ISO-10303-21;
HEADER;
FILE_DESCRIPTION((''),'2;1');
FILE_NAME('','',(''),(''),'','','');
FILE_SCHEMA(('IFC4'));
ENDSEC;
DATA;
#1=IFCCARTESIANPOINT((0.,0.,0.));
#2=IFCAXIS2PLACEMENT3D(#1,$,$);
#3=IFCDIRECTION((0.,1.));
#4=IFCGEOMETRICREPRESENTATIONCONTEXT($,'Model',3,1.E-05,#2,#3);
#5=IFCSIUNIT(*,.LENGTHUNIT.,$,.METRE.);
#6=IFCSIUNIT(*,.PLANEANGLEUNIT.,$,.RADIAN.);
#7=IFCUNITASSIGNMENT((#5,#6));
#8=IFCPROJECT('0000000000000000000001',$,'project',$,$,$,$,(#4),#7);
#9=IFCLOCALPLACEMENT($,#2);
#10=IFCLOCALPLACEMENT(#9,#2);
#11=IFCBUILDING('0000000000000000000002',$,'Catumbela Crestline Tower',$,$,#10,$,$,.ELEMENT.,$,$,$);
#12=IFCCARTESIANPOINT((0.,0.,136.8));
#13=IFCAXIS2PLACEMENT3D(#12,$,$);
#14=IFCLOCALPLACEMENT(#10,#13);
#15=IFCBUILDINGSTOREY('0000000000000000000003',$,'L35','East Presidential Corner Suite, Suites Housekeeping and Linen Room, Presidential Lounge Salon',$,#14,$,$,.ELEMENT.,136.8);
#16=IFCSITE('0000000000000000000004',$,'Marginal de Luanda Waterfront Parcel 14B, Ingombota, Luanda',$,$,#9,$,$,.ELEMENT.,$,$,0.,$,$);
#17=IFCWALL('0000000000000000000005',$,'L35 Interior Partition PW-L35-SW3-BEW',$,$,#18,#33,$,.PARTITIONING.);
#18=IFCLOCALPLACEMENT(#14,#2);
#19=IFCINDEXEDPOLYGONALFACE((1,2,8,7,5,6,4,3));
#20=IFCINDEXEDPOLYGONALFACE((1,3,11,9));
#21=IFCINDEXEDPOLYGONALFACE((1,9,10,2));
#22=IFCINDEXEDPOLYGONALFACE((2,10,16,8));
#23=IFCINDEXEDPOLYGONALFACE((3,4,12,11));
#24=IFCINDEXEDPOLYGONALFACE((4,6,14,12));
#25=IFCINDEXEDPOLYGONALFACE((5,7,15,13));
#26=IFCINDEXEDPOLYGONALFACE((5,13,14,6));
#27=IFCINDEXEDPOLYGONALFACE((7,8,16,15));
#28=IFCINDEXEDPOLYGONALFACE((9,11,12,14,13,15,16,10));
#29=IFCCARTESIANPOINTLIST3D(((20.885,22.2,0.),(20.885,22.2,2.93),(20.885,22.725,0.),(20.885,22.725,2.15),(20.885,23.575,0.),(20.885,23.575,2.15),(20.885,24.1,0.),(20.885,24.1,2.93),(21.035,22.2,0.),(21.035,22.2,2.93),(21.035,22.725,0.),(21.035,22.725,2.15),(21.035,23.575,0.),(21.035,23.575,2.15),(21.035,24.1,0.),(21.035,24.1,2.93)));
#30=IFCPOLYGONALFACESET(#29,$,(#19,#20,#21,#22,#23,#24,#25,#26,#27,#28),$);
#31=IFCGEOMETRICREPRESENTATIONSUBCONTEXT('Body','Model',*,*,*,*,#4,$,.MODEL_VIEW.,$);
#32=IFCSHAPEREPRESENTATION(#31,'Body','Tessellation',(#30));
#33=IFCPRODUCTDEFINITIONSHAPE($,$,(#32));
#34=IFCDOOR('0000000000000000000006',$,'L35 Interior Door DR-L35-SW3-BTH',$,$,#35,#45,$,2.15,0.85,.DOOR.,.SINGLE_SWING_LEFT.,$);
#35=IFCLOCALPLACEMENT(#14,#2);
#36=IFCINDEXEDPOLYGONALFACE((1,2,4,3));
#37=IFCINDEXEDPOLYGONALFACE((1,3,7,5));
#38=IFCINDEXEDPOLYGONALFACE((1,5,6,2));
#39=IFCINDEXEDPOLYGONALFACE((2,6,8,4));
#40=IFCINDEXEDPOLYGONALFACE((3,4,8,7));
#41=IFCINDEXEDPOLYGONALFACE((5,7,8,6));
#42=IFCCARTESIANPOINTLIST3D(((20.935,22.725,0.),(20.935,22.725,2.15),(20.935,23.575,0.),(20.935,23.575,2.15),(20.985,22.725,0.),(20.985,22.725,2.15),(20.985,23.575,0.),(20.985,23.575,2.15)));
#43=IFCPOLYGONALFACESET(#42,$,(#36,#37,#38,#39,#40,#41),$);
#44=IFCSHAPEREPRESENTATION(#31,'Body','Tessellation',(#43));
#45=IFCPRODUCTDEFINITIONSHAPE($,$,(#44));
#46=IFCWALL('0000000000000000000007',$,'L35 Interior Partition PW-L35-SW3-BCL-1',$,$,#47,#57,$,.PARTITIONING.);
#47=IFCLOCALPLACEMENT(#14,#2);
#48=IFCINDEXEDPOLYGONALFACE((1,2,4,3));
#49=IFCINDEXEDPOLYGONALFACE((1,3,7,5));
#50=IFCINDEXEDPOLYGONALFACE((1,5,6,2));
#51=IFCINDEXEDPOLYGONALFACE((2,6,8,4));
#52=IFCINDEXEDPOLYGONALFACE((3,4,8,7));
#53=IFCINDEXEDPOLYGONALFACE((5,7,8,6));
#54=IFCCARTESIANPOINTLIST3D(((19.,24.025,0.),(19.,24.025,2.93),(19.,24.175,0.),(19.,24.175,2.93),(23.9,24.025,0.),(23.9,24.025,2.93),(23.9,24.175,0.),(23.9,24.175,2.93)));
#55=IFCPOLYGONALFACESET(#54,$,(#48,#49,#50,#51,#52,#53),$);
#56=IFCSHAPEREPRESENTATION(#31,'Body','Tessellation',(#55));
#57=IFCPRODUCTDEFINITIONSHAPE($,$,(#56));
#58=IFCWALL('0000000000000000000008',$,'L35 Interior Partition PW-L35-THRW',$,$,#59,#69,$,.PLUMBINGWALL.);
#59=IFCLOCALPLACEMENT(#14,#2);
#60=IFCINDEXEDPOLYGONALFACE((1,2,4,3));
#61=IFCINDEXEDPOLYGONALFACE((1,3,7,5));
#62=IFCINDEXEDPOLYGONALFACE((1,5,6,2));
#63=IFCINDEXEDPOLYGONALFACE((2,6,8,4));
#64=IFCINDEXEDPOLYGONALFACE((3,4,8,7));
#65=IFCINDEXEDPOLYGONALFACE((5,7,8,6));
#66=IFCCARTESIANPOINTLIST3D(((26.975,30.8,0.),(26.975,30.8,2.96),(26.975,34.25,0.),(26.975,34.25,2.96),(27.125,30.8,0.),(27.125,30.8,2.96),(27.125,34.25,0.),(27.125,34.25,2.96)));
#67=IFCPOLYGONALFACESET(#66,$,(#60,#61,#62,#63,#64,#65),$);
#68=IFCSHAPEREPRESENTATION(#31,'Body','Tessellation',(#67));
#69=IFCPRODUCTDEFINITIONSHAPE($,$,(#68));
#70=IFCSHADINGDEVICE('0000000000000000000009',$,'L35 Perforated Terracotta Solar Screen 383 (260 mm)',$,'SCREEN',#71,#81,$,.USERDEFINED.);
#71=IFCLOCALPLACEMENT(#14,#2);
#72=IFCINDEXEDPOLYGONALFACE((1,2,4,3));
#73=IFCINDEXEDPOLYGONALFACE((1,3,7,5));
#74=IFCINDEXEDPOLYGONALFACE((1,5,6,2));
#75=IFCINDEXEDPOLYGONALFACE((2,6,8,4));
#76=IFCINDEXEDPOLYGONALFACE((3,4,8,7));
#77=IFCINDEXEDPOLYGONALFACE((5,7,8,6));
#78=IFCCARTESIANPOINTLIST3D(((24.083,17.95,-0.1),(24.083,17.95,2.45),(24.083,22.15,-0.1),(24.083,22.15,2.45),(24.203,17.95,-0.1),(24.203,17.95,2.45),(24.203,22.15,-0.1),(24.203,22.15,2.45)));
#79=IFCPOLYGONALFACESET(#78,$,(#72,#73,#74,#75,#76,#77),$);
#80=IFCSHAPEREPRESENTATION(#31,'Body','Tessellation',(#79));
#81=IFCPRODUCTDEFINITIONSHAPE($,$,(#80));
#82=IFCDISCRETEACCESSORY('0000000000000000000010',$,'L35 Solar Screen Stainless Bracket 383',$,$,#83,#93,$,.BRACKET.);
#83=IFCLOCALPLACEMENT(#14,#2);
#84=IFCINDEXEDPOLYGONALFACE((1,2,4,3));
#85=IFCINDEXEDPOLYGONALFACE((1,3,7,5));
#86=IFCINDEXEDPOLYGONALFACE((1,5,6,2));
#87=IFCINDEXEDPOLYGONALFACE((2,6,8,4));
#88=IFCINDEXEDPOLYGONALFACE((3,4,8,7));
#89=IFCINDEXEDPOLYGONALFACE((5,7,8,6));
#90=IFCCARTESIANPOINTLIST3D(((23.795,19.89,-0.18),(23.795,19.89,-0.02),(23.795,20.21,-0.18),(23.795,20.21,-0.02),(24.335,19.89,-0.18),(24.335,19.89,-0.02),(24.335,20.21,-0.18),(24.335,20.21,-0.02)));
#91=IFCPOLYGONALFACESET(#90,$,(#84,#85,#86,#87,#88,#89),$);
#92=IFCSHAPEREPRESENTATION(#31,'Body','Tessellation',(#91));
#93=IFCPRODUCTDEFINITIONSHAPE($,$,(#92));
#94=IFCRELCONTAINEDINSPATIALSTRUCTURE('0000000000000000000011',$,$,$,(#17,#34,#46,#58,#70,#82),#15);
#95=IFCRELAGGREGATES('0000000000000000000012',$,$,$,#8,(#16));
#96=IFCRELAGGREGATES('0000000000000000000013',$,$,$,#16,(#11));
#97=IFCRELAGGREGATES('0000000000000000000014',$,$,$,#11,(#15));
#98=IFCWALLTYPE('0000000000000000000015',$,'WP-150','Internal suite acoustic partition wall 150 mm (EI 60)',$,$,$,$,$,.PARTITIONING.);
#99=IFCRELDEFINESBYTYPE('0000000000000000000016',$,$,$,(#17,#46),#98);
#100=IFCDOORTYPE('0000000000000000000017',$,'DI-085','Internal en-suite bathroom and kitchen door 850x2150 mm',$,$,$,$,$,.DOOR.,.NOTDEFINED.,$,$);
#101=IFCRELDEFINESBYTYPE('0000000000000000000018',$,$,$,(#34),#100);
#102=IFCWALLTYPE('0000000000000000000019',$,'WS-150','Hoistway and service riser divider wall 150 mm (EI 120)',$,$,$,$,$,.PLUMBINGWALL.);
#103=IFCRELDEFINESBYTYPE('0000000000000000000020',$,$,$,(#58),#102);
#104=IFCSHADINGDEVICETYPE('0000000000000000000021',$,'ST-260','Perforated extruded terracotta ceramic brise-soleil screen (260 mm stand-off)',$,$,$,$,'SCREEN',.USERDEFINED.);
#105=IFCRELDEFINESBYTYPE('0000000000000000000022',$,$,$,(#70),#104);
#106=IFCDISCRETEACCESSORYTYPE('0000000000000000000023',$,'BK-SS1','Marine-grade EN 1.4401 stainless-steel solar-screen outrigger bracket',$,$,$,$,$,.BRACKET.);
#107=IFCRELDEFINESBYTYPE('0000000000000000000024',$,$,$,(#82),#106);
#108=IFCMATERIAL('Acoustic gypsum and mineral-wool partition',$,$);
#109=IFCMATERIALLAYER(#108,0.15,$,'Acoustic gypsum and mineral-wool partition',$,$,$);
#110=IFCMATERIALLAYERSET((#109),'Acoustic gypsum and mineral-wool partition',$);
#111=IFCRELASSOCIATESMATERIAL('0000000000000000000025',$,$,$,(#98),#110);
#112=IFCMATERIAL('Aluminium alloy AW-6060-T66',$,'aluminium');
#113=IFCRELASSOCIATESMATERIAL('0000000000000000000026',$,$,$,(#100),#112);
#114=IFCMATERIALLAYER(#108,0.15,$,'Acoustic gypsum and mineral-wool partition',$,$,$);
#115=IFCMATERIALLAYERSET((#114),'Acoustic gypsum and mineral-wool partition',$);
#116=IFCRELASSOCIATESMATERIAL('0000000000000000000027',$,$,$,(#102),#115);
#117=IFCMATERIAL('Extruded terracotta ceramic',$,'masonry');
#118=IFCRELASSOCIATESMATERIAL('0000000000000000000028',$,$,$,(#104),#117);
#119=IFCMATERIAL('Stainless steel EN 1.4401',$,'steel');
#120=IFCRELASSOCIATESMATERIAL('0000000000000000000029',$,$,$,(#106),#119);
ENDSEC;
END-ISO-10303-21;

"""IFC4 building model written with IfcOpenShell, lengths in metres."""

from ifc_helpers import new_model, si_unit, direction, frame, frame_2d, origin, origin_2d, place, context, subcontext, project, spatial, rectangle, extrude, material, layer, layer_set, type_object, element, fill, save


model = new_model("IFC4")

# Units and contexts
model_context = context("Model", 3, precision=1e-05, world=origin(), true_north=direction((0.0, 1.0)))
body_context = subcontext(model_context, "Body", "Model", "MODEL_VIEW")
ifc_project = project(units=[si_unit("LENGTHUNIT", "METRE"), si_unit("PLANEANGLEUNIT", "RADIAN")], contexts=[model_context])

# Site, building, storey
site_placement = place(None, origin())
site = spatial("IfcSite", under=ifc_project, at=site_placement, Name="Marginal de Luanda Waterfront Parcel 14B, Ingombota, Luanda", CompositionType="ELEMENT", RefElevation=0.0)
building_placement = place(site_placement, origin())
building = spatial("IfcBuilding", under=site, at=building_placement, Name="Catumbela Crestline Tower", CompositionType="ELEMENT")
storey_placement = place(building_placement, frame((0.0, 0.0, 136.8)))
storey = spatial("IfcBuildingStorey", under=building, at=storey_placement, Name="L35", Description="East Presidential Corner Suite, Suites Housekeeping and Linen Room, Presidential Lounge Salon", CompositionType="ELEMENT", Elevation=136.8)

# Shared definitions
ifc_material_1 = material(Name="Aluminium alloy AW-6060-T66", Category="aluminium")

# Shared definitions
ifc_material_2 = material(Name="Acoustic gypsum and mineral-wool partition")
ifc_layer_1 = layer(ifc_material_2, 0.15, Name="Acoustic gypsum and mineral-wool partition")
ifc_layer_set_1 = layer_set([ifc_layer_1], Name="Acoustic gypsum and mineral-wool partition")
wall_type_1 = type_object("IfcWallType", Name="WP-150", Description="Internal suite acoustic partition wall 150 mm (EI 60)", PredefinedType="PARTITIONING", material=ifc_layer_set_1)

# Shared definitions
door_type = type_object("IfcDoorType", Name="DI-085", Description="Internal en-suite bathroom and kitchen door 850x2150 mm", OperationType="NOTDEFINED", PredefinedType="DOOR", material=ifc_material_1)

# Wall, opening, door
wall_1_placement = place(storey_placement, frame((20.96, 22.2, 0.0), z_axis=(0.0, 0.0, 1.0), x_axis=(0.0, 1.0, 0.0)))
wall_1 = element("IfcWall", 1, at=wall_1_placement, inside=storey, type_object=wall_type_1, Name="L35 Interior Partition PW-L35-SW3-BEW", PredefinedType="PARTITIONING", context=body_context, shape_type="SweptSolid", body=[
    extrude(rectangle(XDim=1.9, YDim=0.15, at=frame_2d((0.95, 0.0))), origin(), (0.0, 0.0, 1.0), 2.93),
])
opening_1_placement = place(wall_1_placement, frame((0.525, 0.0, 0.0)))
opening_1 = element("IfcOpeningElement", 2, at=opening_1_placement, cuts=wall_1, PredefinedType="OPENING", context=body_context, shape_type="SweptSolid", body=[
    extrude(rectangle(XDim=0.85, YDim=2.15, at=frame_2d((0.425, 1.075))), frame((0.0, 0.085, 0.0), z_axis=(0.0, -1.0, 0.0), x_axis=(1.0, 0.0, 0.0)), (0.0, 0.0, 1.0), 0.17),
])
door_1_placement = place(opening_1_placement, origin())
door_1 = element("IfcDoor", 3, at=door_1_placement, inside=storey, type_object=door_type, Name="L35 Interior Door DR-L35-SW3-BTH", OperationType="SINGLE_SWING_LEFT", OverallHeight=2.15, OverallWidth=0.85, PredefinedType="DOOR", context=body_context, shape_type="SweptSolid", body=[
    extrude(rectangle(XDim=0.85, YDim=2.15, at=frame_2d((0.425, 1.075))), frame((0.0, 0.025, 0.0), z_axis=(0.0, -1.0, 0.0), x_axis=(1.0, 0.0, 0.0)), (0.0, 0.0, 1.0), 0.05),
])
fill(opening_1, door_1)

# Walls
wall_2_placement = place(storey_placement, frame((19.0, 24.1, 0.0), z_axis=(0.0, 0.0, 1.0), x_axis=(1.0, 0.0, 0.0)))
element("IfcWall", 4, at=wall_2_placement, inside=storey, type_object=wall_type_1, Name="L35 Interior Partition PW-L35-SW3-BCL-1", PredefinedType="PARTITIONING", context=body_context, shape_type="SweptSolid", body=[
    extrude(rectangle(XDim=4.9, YDim=0.15, at=frame_2d((2.45, 0.0))), origin(), (0.0, 0.0, 1.0), 2.93),
])
ifc_layer_2 = layer(ifc_material_2, 0.15, Name="Acoustic gypsum and mineral-wool partition")
ifc_layer_set_2 = layer_set([ifc_layer_2], Name="Acoustic gypsum and mineral-wool partition")
wall_type_2 = type_object("IfcWallType", Name="WS-150", Description="Hoistway and service riser divider wall 150 mm (EI 120)", PredefinedType="PLUMBINGWALL", material=ifc_layer_set_2)
wall_3_placement = place(storey_placement, frame((27.05, 30.8, 0.0), z_axis=(0.0, 0.0, 1.0), x_axis=(0.0, 1.0, 0.0)))
element("IfcWall", 5, at=wall_3_placement, inside=storey, type_object=wall_type_2, Name="L35 Interior Partition PW-L35-THRW", PredefinedType="PLUMBINGWALL", context=body_context, shape_type="SweptSolid", body=[
    extrude(rectangle(XDim=3.45, YDim=0.15, at=frame_2d((1.725, 0.0))), origin(), (0.0, 0.0, 1.0), 2.96),
])

# Shading device
ifc_material_3 = material(Name="Extruded terracotta ceramic", Category="masonry")
shading_device_type = type_object("IfcShadingDeviceType", Name="ST-260", Description="Perforated extruded terracotta ceramic brise-soleil screen (260 mm stand-off)", ElementType="SCREEN", PredefinedType="USERDEFINED", material=ifc_material_3)
shading_device_placement = place(storey_placement, frame((24.143, 20.05, -0.1), z_axis=(0.0, 0.0, 1.0), x_axis=(0.0, 1.0, 0.0)))
element("IfcShadingDevice", 6, at=shading_device_placement, inside=storey, type_object=shading_device_type, Name="L35 Perforated Terracotta Solar Screen 383 (260 mm)", ObjectType="SCREEN", PredefinedType="USERDEFINED", context=body_context, shape_type="SweptSolid", body=[
    extrude(rectangle(XDim=4.2, YDim=0.12, at=origin_2d()), origin(), (0.0, 0.0, 1.0), 2.55),
])

# Discrete accessory
ifc_material_4 = material(Name="Stainless steel EN 1.4401", Category="steel")
discrete_accessory_type = type_object("IfcDiscreteAccessoryType", Name="BK-SS1", Description="Marine-grade EN 1.4401 stainless-steel solar-screen outrigger bracket", PredefinedType="BRACKET", material=ifc_material_4)
discrete_accessory_placement = place(storey_placement, frame((24.065, 20.05, -0.18), z_axis=(0.0, 0.0, 1.0), x_axis=(0.0, 1.0, 0.0)))
element("IfcDiscreteAccessory", 7, at=discrete_accessory_placement, inside=storey, type_object=discrete_accessory_type, Name="L35 Solar Screen Stainless Bracket 383", PredefinedType="BRACKET", context=body_context, shape_type="SweptSolid", body=[
    extrude(rectangle(XDim=0.32, YDim=0.54, at=origin_2d()), origin(), (0.0, 0.0, 1.0), 0.16),
])

save(model, "model.ifc")
